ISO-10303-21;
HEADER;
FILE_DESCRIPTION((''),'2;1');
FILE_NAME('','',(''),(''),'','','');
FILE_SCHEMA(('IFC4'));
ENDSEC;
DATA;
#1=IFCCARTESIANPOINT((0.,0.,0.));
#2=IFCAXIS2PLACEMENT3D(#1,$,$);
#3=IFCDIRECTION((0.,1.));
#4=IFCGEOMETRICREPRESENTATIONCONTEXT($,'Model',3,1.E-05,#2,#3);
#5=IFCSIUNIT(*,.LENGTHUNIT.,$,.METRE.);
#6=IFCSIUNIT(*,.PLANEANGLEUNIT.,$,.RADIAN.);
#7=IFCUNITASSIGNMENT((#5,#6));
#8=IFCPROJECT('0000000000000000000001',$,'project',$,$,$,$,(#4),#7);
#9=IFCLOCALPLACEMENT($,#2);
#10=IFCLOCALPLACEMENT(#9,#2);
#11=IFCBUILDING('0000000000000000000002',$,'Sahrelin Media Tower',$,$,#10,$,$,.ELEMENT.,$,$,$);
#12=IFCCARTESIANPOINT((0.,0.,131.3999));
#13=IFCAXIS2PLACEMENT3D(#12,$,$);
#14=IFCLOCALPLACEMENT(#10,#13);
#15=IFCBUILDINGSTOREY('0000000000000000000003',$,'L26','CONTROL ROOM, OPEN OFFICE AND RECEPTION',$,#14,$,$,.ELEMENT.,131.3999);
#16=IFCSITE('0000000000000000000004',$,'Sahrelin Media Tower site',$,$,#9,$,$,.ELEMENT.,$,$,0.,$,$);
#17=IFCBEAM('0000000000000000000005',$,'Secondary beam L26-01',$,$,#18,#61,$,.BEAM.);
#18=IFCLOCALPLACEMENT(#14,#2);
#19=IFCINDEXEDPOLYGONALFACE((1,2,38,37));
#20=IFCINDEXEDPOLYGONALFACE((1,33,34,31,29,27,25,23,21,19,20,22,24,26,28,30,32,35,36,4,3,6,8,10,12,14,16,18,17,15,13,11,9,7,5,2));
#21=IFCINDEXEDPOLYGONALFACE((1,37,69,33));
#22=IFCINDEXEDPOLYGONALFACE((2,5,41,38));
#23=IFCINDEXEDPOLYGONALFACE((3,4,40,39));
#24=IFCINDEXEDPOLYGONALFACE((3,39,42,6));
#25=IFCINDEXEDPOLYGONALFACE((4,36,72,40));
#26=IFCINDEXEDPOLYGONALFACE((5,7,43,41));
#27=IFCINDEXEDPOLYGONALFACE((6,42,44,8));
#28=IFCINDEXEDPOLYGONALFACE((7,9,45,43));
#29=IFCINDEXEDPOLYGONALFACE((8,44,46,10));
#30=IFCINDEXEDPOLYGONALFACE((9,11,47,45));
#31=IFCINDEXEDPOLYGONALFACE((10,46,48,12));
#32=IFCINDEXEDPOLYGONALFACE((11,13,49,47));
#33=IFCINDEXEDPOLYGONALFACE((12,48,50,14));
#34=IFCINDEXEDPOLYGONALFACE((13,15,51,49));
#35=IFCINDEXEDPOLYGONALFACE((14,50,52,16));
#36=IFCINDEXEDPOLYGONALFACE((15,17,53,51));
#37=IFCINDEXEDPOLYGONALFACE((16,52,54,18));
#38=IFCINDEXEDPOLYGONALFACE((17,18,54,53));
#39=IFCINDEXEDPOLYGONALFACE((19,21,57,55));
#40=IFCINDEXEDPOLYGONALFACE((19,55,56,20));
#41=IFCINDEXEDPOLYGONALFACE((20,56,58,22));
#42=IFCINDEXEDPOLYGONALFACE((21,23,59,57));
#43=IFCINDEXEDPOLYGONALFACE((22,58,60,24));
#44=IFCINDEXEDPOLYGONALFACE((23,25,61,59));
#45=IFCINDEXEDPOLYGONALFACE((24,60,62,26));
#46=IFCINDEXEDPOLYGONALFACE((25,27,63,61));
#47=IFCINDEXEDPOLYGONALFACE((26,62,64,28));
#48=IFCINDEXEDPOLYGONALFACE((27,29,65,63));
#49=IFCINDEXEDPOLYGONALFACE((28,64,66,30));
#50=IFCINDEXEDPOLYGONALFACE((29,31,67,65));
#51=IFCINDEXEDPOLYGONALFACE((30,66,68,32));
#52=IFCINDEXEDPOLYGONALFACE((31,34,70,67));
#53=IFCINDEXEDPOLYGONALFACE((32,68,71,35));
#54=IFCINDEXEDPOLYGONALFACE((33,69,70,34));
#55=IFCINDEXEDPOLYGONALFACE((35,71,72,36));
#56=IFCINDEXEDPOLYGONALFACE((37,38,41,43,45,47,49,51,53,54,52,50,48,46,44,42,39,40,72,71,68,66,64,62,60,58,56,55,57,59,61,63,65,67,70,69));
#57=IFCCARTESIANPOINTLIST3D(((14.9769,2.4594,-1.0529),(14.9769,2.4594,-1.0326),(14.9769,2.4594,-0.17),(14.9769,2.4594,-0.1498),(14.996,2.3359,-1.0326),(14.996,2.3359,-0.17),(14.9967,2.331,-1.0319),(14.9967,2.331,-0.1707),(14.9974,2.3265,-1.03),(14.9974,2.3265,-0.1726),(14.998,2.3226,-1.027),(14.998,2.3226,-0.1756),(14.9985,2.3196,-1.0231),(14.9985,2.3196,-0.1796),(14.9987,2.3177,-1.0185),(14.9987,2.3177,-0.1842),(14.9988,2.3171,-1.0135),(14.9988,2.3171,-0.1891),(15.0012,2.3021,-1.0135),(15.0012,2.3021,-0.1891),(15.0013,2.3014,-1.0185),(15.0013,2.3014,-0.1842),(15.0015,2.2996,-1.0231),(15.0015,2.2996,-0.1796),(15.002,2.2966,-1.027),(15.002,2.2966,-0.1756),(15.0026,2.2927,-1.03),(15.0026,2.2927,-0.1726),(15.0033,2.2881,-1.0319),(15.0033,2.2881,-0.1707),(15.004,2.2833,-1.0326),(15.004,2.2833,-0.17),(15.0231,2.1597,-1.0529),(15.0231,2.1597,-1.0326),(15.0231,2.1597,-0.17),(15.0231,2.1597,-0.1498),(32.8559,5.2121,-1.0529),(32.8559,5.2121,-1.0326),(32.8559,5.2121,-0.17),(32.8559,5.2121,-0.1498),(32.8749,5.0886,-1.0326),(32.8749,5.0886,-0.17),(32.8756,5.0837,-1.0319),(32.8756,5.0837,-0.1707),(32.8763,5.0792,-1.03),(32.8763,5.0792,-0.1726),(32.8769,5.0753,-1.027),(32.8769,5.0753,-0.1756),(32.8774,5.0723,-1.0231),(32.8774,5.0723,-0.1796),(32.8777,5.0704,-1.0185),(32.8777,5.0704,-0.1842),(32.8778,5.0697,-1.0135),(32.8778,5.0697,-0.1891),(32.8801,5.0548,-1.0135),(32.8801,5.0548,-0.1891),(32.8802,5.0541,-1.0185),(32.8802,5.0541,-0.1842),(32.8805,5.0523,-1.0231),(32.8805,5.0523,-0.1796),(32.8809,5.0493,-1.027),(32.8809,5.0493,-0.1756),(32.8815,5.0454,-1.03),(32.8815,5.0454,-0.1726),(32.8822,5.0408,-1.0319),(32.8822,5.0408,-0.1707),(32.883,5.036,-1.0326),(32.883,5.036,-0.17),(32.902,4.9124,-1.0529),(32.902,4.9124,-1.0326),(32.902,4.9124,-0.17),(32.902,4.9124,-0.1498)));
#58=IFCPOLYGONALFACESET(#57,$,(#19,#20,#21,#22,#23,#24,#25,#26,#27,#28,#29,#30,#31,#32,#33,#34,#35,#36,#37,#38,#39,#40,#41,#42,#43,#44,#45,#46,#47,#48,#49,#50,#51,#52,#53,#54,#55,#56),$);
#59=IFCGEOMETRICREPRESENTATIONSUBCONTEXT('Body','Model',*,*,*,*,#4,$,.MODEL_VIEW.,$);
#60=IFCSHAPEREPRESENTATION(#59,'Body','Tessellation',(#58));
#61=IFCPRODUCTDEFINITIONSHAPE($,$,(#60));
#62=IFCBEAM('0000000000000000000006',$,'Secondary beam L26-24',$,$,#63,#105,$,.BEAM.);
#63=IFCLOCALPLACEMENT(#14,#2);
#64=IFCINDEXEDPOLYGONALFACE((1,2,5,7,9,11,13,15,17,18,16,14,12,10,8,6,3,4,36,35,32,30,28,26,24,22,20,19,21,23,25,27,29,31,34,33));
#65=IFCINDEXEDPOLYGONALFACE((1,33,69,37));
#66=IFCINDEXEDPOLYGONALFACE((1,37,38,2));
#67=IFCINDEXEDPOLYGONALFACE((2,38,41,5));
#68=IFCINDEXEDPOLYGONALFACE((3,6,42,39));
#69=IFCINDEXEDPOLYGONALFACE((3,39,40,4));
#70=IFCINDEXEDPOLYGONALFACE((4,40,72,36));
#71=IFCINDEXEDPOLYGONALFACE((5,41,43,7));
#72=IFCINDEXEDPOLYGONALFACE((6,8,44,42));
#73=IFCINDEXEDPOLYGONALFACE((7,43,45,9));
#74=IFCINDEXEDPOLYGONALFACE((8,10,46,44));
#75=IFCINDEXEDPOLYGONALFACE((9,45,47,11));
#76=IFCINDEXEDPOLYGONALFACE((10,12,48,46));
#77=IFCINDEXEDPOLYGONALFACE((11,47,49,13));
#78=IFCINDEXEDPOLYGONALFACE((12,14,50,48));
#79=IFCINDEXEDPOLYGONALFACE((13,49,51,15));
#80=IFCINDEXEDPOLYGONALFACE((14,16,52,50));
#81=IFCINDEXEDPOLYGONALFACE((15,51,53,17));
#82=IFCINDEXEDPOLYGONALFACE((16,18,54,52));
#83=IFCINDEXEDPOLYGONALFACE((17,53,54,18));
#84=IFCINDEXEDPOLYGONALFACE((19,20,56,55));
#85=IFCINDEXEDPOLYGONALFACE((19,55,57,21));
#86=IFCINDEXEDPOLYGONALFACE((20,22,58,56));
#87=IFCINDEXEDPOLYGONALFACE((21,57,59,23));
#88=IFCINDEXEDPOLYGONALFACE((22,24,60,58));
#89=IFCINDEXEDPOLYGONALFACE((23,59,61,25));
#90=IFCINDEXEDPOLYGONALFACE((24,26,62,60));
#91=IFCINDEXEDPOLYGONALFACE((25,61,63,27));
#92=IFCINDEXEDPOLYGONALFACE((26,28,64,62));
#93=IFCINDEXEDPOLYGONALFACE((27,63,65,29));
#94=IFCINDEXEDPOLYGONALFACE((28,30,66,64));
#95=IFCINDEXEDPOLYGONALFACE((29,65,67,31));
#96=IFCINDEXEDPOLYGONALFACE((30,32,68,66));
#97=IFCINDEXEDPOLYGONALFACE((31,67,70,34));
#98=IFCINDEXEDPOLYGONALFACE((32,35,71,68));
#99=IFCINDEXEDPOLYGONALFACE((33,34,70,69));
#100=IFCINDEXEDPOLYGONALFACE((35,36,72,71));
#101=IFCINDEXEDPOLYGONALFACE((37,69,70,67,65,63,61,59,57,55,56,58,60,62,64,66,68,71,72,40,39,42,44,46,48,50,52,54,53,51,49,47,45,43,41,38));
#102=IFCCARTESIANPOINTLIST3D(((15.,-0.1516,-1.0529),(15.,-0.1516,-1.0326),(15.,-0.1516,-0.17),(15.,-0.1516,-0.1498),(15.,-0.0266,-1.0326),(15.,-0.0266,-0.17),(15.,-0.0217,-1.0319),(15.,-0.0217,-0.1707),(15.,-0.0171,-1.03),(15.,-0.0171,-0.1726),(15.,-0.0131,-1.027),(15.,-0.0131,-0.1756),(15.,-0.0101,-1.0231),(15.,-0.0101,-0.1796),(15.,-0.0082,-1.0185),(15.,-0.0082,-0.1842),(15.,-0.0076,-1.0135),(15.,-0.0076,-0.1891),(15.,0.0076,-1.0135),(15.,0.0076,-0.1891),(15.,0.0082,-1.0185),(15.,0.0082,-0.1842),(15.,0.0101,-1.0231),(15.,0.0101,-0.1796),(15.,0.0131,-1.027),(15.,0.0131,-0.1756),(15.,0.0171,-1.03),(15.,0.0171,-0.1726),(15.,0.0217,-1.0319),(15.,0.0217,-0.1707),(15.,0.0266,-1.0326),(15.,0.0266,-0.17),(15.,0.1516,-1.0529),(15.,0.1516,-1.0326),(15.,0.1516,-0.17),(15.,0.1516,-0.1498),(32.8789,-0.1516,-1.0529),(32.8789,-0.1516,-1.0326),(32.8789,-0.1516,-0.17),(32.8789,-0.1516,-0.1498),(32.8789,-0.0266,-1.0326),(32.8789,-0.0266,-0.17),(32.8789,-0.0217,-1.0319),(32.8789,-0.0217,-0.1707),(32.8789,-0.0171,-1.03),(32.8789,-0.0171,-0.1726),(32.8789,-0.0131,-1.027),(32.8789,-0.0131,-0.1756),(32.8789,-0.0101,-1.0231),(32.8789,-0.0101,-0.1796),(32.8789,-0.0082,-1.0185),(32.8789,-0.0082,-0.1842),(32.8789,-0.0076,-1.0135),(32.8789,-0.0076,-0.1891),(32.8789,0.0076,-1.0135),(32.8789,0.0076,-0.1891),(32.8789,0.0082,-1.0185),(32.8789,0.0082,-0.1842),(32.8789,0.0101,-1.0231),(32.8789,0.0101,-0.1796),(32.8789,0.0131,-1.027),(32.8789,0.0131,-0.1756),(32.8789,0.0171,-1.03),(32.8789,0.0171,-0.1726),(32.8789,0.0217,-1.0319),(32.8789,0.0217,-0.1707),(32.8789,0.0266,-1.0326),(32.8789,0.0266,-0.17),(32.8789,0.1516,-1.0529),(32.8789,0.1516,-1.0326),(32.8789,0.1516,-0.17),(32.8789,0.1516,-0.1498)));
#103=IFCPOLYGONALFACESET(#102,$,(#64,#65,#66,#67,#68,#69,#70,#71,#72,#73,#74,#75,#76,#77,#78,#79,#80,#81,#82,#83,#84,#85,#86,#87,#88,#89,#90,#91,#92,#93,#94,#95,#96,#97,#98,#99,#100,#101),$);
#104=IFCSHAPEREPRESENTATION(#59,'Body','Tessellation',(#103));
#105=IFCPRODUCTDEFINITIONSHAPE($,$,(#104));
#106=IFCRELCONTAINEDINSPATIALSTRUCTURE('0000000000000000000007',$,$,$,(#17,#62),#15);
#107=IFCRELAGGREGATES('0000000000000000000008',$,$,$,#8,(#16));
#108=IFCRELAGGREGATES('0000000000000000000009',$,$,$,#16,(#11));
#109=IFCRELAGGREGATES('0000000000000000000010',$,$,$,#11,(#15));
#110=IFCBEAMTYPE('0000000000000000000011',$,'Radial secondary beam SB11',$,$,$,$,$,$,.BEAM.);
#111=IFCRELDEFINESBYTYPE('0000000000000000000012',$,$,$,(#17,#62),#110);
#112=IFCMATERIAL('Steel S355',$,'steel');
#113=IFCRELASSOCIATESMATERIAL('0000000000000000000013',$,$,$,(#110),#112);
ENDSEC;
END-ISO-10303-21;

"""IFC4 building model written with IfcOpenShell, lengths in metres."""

from ifc_helpers import new_model, si_unit, direction, frame, origin, origin_2d, place, context, subcontext, project, spatial, i_section, extrude, material, material_profile, profile_set, type_object, element, save


model = new_model("IFC4")

# Units and contexts
model_context = context("Model", 3, precision=1e-05, world=origin(), true_north=direction((0.0, 1.0)))
body_context = subcontext(model_context, "Body", "Model", "MODEL_VIEW")
ifc_project = project(units=[si_unit("LENGTHUNIT", "METRE"), si_unit("PLANEANGLEUNIT", "RADIAN")], contexts=[model_context])

# Site, building, storey
site_placement = place(None, origin())
site = spatial("IfcSite", under=ifc_project, at=site_placement, Name="Sahrelin Media Tower site", CompositionType="ELEMENT", RefElevation=0.0)
building_placement = place(site_placement, origin())
building = spatial("IfcBuilding", under=site, at=building_placement, Name="Sahrelin Media Tower", CompositionType="ELEMENT")
storey_placement = place(building_placement, frame((0.0, 0.0, 131.3999)))
storey = spatial("IfcBuildingStorey", under=building, at=storey_placement, Name="L26", Description="CONTROL ROOM, OPEN OFFICE AND RECEPTION", CompositionType="ELEMENT", Elevation=131.3999)

# Beams
ifc_material_1 = material(Name="Steel S355", Category="steel")
ifc_material_profile_1 = material_profile(ifc_material_1, i_section(OverallWidth=0.3032, OverallDepth=0.9031, WebThickness=0.0151, FlangeThickness=0.0203, FilletRadius=0.019, at=origin_2d()), Name="UB 914x305x201")
ifc_profile_set_1 = profile_set([ifc_material_profile_1], Name="Steel S355")
beam_type_1 = type_object("IfcBeamType", Name="Radial secondary beam SB11", PredefinedType="BEAM", material=ifc_profile_set_1)
beam_1_placement = place(storey_placement, frame((15.0, 2.3096, -0.6013), z_axis=(0.988354, 0.15217, 0.0), x_axis=(-0.15217, 0.988354, 0.0)))
element("IfcBeam", 1, at=beam_1_placement, inside=storey, type_object=beam_type_1, Name="Secondary beam L26-01", PredefinedType="BEAM", context=body_context, shape_type="SweptSolid", body=[
    extrude(i_section(OverallWidth=0.3032, OverallDepth=0.9031, WebThickness=0.0151, FlangeThickness=0.0203, FilletRadius=0.019, at=origin_2d()), origin(), (0.0, 0.0, 1.0), 18.0896),
])
beam_2_placement = place(storey_placement, frame((15.0, 0.0, -0.6013), z_axis=(1.0, 0.0, 0.0), x_axis=(0.0, 1.0, 0.0)))
element("IfcBeam", 2, at=beam_2_placement, inside=storey, type_object=beam_type_1, Name="Secondary beam L26-24", PredefinedType="BEAM", context=body_context, shape_type="SweptSolid", body=[
    extrude(i_section(OverallWidth=0.3032, OverallDepth=0.9031, WebThickness=0.0151, FlangeThickness=0.0203, FilletRadius=0.019, at=origin_2d()), origin(), (0.0, 0.0, 1.0), 17.8789),
])

save(model, "model.ifc")
